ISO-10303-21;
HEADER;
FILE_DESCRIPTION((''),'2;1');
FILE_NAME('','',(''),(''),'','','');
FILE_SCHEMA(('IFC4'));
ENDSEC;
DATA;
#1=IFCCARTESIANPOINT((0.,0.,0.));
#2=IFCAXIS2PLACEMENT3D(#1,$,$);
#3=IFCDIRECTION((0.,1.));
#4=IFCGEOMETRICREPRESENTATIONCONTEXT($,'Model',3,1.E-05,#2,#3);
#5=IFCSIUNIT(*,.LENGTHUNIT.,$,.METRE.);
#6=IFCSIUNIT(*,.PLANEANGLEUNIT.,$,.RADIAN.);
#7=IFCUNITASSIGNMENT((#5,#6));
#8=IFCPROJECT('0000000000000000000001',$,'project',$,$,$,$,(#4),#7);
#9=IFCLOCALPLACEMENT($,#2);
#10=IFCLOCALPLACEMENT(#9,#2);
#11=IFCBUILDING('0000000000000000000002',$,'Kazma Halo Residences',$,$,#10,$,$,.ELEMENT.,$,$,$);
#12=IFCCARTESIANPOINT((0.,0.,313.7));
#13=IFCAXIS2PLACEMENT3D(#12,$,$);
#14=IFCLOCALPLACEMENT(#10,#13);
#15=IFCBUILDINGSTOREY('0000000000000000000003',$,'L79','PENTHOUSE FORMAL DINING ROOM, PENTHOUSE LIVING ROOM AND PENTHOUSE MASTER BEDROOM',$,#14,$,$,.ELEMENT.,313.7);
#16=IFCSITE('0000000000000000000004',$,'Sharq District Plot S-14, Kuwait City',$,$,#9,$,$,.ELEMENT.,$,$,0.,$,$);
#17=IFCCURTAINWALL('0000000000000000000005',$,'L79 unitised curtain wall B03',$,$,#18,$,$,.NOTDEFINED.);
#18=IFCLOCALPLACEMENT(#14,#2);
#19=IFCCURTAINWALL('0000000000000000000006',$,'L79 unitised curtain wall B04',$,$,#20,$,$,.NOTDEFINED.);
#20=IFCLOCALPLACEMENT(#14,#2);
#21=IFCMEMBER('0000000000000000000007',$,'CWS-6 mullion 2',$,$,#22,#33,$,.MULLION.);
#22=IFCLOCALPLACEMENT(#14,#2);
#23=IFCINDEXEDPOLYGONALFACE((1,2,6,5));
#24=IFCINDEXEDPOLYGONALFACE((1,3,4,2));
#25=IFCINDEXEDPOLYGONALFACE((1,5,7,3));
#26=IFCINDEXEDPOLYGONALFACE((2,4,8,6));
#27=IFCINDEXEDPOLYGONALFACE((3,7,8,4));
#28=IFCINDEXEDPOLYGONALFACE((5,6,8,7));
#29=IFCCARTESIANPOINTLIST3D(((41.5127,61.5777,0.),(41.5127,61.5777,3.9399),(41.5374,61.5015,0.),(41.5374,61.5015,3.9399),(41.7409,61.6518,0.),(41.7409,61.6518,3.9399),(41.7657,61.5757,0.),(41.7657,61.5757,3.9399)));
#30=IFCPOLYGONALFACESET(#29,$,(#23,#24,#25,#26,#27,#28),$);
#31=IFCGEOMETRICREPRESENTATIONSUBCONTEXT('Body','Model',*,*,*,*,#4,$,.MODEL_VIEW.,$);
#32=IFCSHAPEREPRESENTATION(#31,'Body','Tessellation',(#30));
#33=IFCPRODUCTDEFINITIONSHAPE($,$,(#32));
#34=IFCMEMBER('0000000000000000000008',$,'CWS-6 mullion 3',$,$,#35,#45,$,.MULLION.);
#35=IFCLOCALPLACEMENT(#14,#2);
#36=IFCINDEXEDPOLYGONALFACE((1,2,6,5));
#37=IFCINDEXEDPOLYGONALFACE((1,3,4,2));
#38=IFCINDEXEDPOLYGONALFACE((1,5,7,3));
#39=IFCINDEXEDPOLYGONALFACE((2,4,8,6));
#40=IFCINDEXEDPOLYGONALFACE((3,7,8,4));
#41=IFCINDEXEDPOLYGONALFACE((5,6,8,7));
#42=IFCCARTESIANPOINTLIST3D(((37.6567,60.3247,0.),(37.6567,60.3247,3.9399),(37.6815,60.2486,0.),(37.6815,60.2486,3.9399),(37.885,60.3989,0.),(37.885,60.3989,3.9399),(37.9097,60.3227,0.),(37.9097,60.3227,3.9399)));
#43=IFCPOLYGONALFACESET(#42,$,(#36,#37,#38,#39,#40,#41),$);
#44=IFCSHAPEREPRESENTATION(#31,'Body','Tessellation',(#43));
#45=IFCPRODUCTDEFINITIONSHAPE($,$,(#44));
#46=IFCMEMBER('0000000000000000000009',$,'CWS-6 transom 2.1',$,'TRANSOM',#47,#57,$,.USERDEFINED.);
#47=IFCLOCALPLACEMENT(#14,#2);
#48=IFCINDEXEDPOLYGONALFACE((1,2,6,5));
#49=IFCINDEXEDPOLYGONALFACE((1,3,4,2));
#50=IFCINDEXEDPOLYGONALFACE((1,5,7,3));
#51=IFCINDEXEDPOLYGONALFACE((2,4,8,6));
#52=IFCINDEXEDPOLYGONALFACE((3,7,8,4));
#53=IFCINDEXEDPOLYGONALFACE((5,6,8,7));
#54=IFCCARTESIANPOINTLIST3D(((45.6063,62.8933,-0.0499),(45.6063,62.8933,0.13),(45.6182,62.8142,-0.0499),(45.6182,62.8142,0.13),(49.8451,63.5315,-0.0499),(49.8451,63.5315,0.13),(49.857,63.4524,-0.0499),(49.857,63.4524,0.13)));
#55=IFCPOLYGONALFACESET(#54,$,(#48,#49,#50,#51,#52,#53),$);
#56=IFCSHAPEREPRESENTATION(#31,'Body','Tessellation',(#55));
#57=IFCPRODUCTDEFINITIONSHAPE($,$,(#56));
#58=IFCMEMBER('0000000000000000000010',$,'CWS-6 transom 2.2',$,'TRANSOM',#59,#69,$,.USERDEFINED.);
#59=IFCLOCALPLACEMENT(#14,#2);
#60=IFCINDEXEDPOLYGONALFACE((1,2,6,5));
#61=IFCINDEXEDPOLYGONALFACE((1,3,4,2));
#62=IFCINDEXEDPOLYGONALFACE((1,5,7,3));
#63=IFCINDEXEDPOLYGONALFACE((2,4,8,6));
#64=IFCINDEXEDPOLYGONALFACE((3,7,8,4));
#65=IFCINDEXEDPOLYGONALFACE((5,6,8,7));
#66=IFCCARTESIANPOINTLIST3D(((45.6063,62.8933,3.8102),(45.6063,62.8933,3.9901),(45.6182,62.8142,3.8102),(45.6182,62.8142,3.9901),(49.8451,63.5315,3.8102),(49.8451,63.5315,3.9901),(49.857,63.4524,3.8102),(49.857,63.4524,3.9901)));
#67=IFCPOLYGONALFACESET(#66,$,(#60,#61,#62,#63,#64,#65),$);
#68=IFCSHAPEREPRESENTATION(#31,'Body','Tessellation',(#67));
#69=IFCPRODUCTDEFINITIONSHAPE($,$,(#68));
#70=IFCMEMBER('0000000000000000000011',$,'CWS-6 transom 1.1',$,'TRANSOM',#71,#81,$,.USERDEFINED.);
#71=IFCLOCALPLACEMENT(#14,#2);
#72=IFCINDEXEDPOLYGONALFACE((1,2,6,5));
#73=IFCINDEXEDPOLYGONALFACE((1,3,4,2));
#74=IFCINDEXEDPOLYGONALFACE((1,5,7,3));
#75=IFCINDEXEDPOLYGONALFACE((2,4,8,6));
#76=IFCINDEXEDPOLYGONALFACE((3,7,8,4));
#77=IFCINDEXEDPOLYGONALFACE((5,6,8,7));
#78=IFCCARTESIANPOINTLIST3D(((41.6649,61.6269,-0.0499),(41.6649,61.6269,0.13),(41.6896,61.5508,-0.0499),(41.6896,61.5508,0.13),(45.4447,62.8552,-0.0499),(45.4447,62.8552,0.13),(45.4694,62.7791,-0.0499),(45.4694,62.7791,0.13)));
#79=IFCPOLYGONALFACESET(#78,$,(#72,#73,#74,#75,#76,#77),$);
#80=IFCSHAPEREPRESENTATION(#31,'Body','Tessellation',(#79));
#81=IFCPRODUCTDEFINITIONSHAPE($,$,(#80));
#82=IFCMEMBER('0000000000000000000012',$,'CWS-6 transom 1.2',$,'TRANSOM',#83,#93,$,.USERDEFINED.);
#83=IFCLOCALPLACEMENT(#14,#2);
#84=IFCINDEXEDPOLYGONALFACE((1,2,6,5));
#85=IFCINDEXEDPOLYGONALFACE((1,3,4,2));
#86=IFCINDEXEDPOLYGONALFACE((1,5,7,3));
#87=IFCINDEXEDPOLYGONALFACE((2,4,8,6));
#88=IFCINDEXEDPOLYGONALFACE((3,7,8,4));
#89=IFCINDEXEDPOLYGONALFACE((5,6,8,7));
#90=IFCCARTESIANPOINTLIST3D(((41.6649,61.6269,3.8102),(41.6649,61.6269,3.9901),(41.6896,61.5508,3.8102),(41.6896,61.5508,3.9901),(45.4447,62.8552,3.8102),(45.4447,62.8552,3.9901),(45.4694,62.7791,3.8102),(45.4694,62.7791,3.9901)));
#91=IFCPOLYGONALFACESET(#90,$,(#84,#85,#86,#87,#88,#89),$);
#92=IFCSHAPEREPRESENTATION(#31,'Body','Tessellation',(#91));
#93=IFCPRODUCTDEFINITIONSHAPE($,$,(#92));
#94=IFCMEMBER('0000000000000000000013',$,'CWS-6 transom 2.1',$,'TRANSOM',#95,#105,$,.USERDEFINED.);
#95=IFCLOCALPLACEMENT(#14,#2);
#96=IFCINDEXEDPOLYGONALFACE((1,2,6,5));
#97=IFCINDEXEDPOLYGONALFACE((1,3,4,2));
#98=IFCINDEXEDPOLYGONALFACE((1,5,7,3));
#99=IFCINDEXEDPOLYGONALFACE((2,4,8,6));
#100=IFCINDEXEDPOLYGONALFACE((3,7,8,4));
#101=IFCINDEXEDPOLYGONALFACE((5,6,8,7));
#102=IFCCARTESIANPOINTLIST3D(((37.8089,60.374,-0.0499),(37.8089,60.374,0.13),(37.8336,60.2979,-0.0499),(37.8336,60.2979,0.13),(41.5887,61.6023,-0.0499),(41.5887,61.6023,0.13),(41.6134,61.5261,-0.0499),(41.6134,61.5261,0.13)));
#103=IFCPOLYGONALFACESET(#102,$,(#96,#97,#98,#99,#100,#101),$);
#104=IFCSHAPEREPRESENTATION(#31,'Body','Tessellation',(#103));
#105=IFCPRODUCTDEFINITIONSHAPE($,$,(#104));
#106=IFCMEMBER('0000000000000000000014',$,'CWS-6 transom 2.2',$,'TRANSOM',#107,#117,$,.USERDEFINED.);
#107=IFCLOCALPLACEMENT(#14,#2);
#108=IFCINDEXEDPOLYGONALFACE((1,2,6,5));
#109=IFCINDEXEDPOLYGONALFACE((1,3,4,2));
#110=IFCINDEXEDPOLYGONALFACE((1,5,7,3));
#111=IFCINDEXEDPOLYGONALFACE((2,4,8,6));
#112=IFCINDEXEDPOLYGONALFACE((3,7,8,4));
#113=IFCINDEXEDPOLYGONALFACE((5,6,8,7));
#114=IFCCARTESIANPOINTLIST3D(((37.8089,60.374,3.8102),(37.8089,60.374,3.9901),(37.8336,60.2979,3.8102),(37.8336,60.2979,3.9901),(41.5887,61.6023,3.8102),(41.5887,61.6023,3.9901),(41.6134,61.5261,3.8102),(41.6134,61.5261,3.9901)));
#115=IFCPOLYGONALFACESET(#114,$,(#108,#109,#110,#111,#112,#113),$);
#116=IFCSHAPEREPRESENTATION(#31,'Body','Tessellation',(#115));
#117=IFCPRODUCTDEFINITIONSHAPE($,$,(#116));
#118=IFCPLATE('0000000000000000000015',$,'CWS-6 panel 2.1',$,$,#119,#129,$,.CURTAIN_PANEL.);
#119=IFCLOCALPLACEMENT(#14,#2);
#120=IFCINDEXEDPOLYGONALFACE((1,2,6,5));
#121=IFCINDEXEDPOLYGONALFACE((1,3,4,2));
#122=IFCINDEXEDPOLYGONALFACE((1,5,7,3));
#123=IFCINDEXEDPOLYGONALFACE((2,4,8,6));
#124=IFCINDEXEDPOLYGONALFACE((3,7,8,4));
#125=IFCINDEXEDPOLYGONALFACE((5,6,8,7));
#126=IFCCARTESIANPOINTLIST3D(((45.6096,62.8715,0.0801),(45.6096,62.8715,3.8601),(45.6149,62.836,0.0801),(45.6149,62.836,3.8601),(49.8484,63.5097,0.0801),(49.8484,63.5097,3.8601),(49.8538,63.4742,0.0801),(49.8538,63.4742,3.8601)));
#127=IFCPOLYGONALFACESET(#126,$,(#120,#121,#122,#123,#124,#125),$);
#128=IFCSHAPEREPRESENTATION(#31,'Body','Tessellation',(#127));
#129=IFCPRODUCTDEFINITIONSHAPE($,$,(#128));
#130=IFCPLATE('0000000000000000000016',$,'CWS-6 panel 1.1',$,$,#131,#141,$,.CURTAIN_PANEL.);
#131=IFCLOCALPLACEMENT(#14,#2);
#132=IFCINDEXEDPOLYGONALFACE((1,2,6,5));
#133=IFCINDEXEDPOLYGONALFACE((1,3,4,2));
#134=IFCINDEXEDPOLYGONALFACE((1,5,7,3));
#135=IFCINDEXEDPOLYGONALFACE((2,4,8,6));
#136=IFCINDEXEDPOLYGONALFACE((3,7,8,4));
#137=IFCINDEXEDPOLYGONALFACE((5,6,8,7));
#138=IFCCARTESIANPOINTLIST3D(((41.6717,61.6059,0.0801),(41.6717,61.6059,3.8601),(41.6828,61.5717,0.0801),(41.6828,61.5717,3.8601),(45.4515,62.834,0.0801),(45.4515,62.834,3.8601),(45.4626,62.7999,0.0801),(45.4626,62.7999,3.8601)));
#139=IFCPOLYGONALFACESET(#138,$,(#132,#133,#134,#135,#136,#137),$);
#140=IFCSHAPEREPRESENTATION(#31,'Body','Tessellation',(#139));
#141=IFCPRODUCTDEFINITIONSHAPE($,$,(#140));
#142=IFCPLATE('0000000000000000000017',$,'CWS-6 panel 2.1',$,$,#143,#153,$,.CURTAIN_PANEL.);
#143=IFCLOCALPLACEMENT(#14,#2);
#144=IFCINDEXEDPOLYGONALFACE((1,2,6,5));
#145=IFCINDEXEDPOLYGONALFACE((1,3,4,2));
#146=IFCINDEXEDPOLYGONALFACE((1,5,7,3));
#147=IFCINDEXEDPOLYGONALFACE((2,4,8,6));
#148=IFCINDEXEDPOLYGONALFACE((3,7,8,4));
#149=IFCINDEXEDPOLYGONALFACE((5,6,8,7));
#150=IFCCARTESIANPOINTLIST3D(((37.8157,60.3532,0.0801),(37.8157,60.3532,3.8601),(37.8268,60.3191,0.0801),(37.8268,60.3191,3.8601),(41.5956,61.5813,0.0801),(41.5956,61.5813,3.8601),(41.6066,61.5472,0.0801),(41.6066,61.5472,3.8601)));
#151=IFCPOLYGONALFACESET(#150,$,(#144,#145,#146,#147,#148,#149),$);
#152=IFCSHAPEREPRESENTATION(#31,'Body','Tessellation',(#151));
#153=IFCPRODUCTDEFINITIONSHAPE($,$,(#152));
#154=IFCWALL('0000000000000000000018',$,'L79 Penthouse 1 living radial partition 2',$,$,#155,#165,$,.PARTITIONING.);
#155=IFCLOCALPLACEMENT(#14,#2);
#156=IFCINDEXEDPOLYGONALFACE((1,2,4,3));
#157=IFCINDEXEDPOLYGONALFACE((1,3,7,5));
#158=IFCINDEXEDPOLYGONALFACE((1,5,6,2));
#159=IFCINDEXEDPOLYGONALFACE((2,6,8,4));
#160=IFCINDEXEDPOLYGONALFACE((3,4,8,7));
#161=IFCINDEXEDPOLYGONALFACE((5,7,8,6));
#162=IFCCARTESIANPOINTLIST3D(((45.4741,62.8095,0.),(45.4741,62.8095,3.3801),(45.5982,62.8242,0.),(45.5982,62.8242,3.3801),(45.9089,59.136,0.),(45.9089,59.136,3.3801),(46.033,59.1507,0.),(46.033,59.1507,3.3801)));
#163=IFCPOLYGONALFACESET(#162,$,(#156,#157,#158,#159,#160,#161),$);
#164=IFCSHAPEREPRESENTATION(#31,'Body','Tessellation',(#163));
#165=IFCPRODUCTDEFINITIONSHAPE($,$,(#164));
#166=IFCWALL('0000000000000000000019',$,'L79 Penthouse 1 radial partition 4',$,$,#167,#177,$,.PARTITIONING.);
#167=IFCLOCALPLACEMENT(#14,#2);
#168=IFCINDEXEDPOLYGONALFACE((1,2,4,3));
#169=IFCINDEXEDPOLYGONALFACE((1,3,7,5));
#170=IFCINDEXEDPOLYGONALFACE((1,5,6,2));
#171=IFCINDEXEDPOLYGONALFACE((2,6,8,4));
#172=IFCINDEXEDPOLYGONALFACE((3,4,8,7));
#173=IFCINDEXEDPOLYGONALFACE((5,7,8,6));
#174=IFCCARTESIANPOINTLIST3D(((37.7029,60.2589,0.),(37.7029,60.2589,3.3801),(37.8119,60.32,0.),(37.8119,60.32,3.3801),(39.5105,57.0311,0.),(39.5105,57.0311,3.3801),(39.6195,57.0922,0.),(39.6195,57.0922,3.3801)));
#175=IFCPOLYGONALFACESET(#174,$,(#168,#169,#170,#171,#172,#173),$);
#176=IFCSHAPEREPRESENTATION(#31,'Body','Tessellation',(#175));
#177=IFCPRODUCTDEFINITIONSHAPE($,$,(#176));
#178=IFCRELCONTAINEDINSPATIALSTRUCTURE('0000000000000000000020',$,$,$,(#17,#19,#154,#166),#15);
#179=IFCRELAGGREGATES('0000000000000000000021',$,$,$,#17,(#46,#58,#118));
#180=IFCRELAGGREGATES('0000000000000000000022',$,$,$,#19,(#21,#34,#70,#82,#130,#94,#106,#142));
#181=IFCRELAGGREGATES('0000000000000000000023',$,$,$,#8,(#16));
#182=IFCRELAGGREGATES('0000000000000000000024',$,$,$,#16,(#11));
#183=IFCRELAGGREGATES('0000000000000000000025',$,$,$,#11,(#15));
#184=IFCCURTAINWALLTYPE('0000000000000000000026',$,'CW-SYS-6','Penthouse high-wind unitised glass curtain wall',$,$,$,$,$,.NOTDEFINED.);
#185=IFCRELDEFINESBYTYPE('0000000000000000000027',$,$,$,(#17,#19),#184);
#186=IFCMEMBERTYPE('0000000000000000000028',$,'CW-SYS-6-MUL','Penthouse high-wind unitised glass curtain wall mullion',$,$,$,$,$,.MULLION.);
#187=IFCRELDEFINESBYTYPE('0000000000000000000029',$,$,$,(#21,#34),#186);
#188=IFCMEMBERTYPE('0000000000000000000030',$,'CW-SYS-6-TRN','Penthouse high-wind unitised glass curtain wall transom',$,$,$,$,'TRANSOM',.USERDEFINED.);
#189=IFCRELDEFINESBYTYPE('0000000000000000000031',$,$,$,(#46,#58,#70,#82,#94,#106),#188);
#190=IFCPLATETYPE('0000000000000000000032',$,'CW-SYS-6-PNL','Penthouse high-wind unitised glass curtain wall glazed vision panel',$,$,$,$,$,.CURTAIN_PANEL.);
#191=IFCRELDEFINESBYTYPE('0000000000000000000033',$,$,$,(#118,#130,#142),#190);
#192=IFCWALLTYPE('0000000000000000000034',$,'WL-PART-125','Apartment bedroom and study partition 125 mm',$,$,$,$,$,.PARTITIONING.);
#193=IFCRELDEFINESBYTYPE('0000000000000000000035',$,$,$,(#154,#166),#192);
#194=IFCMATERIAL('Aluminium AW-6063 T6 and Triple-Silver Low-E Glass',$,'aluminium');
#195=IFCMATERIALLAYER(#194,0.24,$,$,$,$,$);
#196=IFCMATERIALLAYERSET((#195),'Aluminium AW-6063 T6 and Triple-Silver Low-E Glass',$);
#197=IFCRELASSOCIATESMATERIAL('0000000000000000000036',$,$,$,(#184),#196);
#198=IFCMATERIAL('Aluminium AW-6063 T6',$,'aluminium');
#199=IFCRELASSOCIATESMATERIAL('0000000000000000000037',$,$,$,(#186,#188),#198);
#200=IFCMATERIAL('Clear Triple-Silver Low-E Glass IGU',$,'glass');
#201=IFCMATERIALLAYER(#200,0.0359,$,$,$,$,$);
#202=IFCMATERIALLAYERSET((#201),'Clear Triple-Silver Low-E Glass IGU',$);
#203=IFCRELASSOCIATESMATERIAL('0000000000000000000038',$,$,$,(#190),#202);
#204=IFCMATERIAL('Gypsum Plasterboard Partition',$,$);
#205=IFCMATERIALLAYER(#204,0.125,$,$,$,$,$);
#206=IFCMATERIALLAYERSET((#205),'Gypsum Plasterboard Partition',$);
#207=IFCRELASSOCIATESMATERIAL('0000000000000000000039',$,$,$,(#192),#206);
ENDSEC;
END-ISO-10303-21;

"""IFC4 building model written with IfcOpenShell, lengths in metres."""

from ifc_helpers import new_model, si_unit, direction, frame, frame_2d, origin, origin_2d, place, context, subcontext, project, spatial, rectangle, extrude, material, layer, layer_set, material_profile, profile_set, type_object, element, aggregate, save


model = new_model("IFC4")

# Units and contexts
model_context = context("Model", 3, precision=1e-05, world=origin(), true_north=direction((0.0, 1.0)))
body_context = subcontext(model_context, "Body", "Model", "MODEL_VIEW")
ifc_project = project(units=[si_unit("LENGTHUNIT", "METRE"), si_unit("PLANEANGLEUNIT", "RADIAN")], contexts=[model_context])

# Site, building, storey
site_placement = place(None, origin())
site = spatial("IfcSite", under=ifc_project, at=site_placement, Name="Sharq District Plot S-14, Kuwait City", CompositionType="ELEMENT", RefElevation=0.0)
building_placement = place(site_placement, origin())
building = spatial("IfcBuilding", under=site, at=building_placement, Name="Kazma Halo Residences", CompositionType="ELEMENT")
storey_placement = place(building_placement, frame((0.0, 0.0, 313.7)))
storey = spatial("IfcBuildingStorey", under=building, at=storey_placement, Name="L79", Description="PENTHOUSE FORMAL DINING ROOM, PENTHOUSE LIVING ROOM AND PENTHOUSE MASTER BEDROOM", CompositionType="ELEMENT", Elevation=313.7)

# Curtain walls, members
ifc_material_1 = material(Name="Aluminium AW-6063 T6 and Triple-Silver Low-E Glass", Category="aluminium")
ifc_layer_1 = layer(ifc_material_1, 0.24)
ifc_layer_set_1 = layer_set([ifc_layer_1], Name="Aluminium AW-6063 T6 and Triple-Silver Low-E Glass")
curtain_wall_type = type_object("IfcCurtainWallType", Name="CW-SYS-6", Description="Penthouse high-wind unitised glass curtain wall", PredefinedType="NOTDEFINED", material=ifc_layer_set_1)
curtain_wall_1_placement = place(storey_placement, origin())
curtain_wall_1 = element("IfcCurtainWall", 1, at=curtain_wall_1_placement, inside=storey, type_object=curtain_wall_type, Name="L79 unitised curtain wall B03", PredefinedType="NOTDEFINED")
ifc_material_2 = material(Name="Aluminium AW-6063 T6", Category="aluminium")
ifc_material_profile_1 = material_profile(ifc_material_2, rectangle(XDim=0.0801, YDim=0.24, at=origin_2d()), Name="CWM-80x240")
ifc_profile_set_1 = profile_set([ifc_material_profile_1], Name="Aluminium AW-6063 T6")
member_type_1 = type_object("IfcMemberType", Name="CW-SYS-6-MUL", Description="Penthouse high-wind unitised glass curtain wall mullion", PredefinedType="MULLION", material=ifc_profile_set_1)
curtain_wall_2_placement = place(storey_placement, origin())
curtain_wall_2 = element("IfcCurtainWall", 2, at=curtain_wall_2_placement, inside=storey, type_object=curtain_wall_type, Name="L79 unitised curtain wall B04", PredefinedType="NOTDEFINED")
member_1_placement = place(storey_placement, frame((41.6392, 61.5767, 0.0), z_axis=(0.0, 0.0, 1.0), x_axis=(0.30902, -0.951056, 0.0)))
member_1 = element("IfcMember", 3, at=member_1_placement, type_object=member_type_1, Name="CWS-6 mullion 2", PredefinedType="MULLION", context=body_context, shape_type="SweptSolid", body=[
    extrude(rectangle(XDim=0.0801, YDim=0.24, at=origin_2d()), origin(), (0.0, 0.0, 1.0), 3.9399),
])
member_2_placement = place(storey_placement, frame((37.7832, 60.3237, 0.0), z_axis=(0.0, 0.0, 1.0), x_axis=(0.30902, -0.951056, 0.0)))
member_2 = element("IfcMember", 4, at=member_2_placement, type_object=member_type_1, Name="CWS-6 mullion 3", PredefinedType="MULLION", context=body_context, shape_type="SweptSolid", body=[
    extrude(rectangle(XDim=0.0801, YDim=0.24, at=origin_2d()), origin(), (0.0, 0.0, 1.0), 3.9399),
])

# Members
ifc_material_profile_2 = material_profile(ifc_material_2, rectangle(XDim=0.0801, YDim=0.1799, at=origin_2d()), Name="CWT-80x180")
ifc_profile_set_2 = profile_set([ifc_material_profile_2], Name="Aluminium AW-6063 T6")
member_type_2 = type_object("IfcMemberType", Name="CW-SYS-6-TRN", Description="Penthouse high-wind unitised glass curtain wall transom", ElementType="TRANSOM", PredefinedType="USERDEFINED", material=ifc_profile_set_2)
member_3_placement = place(storey_placement, frame((49.8511, 63.4919, 0.04), z_axis=(-0.988855, -0.148881, 0.0), x_axis=(0.148881, -0.988855, 0.0)))
member_3 = element("IfcMember", 5, at=member_3_placement, type_object=member_type_2, Name="CWS-6 transom 2.1", ObjectType="TRANSOM", PredefinedType="USERDEFINED", context=body_context, shape_type="SweptSolid", body=[
    extrude(rectangle(XDim=0.0801, YDim=0.1799, at=origin_2d()), origin(), (0.0, 0.0, 1.0), 4.2866),
])
member_4_placement = place(storey_placement, frame((49.8511, 63.4919, 3.9001), z_axis=(-0.988855, -0.148881, 0.0), x_axis=(0.148881, -0.988855, 0.0)))
member_4 = element("IfcMember", 6, at=member_4_placement, type_object=member_type_2, Name="CWS-6 transom 2.2", ObjectType="TRANSOM", PredefinedType="USERDEFINED", context=body_context, shape_type="SweptSolid", body=[
    extrude(rectangle(XDim=0.0801, YDim=0.1799, at=origin_2d()), origin(), (0.0, 0.0, 1.0), 4.2866),
])
member_5_placement = place(storey_placement, frame((45.457, 62.8171, 0.04), z_axis=(-0.951046, -0.30905, 0.0), x_axis=(0.30905, -0.951046, 0.0)))
member_5 = element("IfcMember", 7, at=member_5_placement, type_object=member_type_2, Name="CWS-6 transom 1.1", ObjectType="TRANSOM", PredefinedType="USERDEFINED", context=body_context, shape_type="SweptSolid", body=[
    extrude(rectangle(XDim=0.0801, YDim=0.1799, at=origin_2d()), origin(), (0.0, 0.0, 1.0), 3.9744),
])
member_6_placement = place(storey_placement, frame((45.457, 62.8171, 3.9001), z_axis=(-0.951046, -0.30905, 0.0), x_axis=(0.30905, -0.951046, 0.0)))
member_6 = element("IfcMember", 8, at=member_6_placement, type_object=member_type_2, Name="CWS-6 transom 1.2", ObjectType="TRANSOM", PredefinedType="USERDEFINED", context=body_context, shape_type="SweptSolid", body=[
    extrude(rectangle(XDim=0.0801, YDim=0.1799, at=origin_2d()), origin(), (0.0, 0.0, 1.0), 3.9744),
])
member_7_placement = place(storey_placement, frame((41.6011, 61.5642, 0.04), z_axis=(-0.951046, -0.30905, 0.0), x_axis=(0.30905, -0.951046, 0.0)))
member_7 = element("IfcMember", 9, at=member_7_placement, type_object=member_type_2, Name="CWS-6 transom 2.1", ObjectType="TRANSOM", PredefinedType="USERDEFINED", context=body_context, shape_type="SweptSolid", body=[
    extrude(rectangle(XDim=0.0801, YDim=0.1799, at=origin_2d()), origin(), (0.0, 0.0, 1.0), 3.9744),
])
member_8_placement = place(storey_placement, frame((41.6011, 61.5642, 3.9001), z_axis=(-0.951046, -0.30905, 0.0), x_axis=(0.30905, -0.951046, 0.0)))
member_8 = element("IfcMember", 10, at=member_8_placement, type_object=member_type_2, Name="CWS-6 transom 2.2", ObjectType="TRANSOM", PredefinedType="USERDEFINED", context=body_context, shape_type="SweptSolid", body=[
    extrude(rectangle(XDim=0.0801, YDim=0.1799, at=origin_2d()), origin(), (0.0, 0.0, 1.0), 3.9744),
])

# Plates
ifc_material_3 = material(Name="Clear Triple-Silver Low-E Glass IGU", Category="glass")
ifc_layer_2 = layer(ifc_material_3, 0.0359)
ifc_layer_set_2 = layer_set([ifc_layer_2], Name="Clear Triple-Silver Low-E Glass IGU")
plate_type = type_object("IfcPlateType", Name="CW-SYS-6-PNL", Description="Penthouse high-wind unitised glass curtain wall glazed vision panel", PredefinedType="CURTAIN_PANEL", material=ifc_layer_set_2)
plate_1_placement = place(storey_placement, frame((47.7317, 63.1729, 0.0801), z_axis=(0.0, 0.0, 1.0), x_axis=(-0.988857, -0.148871, 0.0)))
plate_1 = element("IfcPlate", 11, at=plate_1_placement, type_object=plate_type, Name="CWS-6 panel 2.1", PredefinedType="CURTAIN_PANEL", context=body_context, shape_type="SweptSolid", body=[
    extrude(rectangle(XDim=4.2866, YDim=0.0359, at=origin_2d()), origin(), (0.0, 0.0, 1.0), 3.78),
])
aggregate(curtain_wall_1, [member_3, member_4, plate_1])
plate_2_placement = place(storey_placement, frame((43.5671, 62.2029, 0.0801), z_axis=(0.0, 0.0, 1.0), x_axis=(-0.951056, -0.30902, 0.0)))
plate_2 = element("IfcPlate", 12, at=plate_2_placement, type_object=plate_type, Name="CWS-6 panel 1.1", PredefinedType="CURTAIN_PANEL", context=body_context, shape_type="SweptSolid", body=[
    extrude(rectangle(XDim=3.9744, YDim=0.0359, at=origin_2d()), origin(), (0.0, 0.0, 1.0), 3.78),
])
plate_3_placement = place(storey_placement, frame((39.7112, 60.9502, 0.0801), z_axis=(0.0, 0.0, 1.0), x_axis=(-0.951056, -0.30902, 0.0)))
plate_3 = element("IfcPlate", 13, at=plate_3_placement, type_object=plate_type, Name="CWS-6 panel 2.1", PredefinedType="CURTAIN_PANEL", context=body_context, shape_type="SweptSolid", body=[
    extrude(rectangle(XDim=3.9744, YDim=0.0359, at=origin_2d()), origin(), (0.0, 0.0, 1.0), 3.78),
])
aggregate(curtain_wall_2, [member_1, member_2, member_5, member_6, plate_2, member_7, member_8, plate_3])

# Walls
ifc_material_4 = material(Name="Gypsum Plasterboard Partition")
ifc_layer_3 = layer(ifc_material_4, 0.125)
ifc_layer_set_3 = layer_set([ifc_layer_3], Name="Gypsum Plasterboard Partition")
wall_type_1 = type_object("IfcWallType", Name="WL-PART-125", Description="Apartment bedroom and study partition 125 mm", PredefinedType="PARTITIONING", material=ifc_layer_set_3)
wall_1_placement = place(storey_placement, frame((45.9709, 59.1433, 0.0), z_axis=(0.0, 0.0, 1.0), x_axis=(-0.117542, 0.993068, 0.0)))
element("IfcWall", 14, at=wall_1_placement, inside=storey, type_object=wall_type_1, Name="L79 Penthouse 1 living radial partition 2", PredefinedType="PARTITIONING", context=body_context, shape_type="SweptSolid", body=[
    extrude(rectangle(XDim=3.6992, YDim=0.125, at=frame_2d((1.8496, 0.0))), origin(), (0.0, 0.0, 1.0), 3.3801),
])
wall_2_placement = place(storey_placement, frame((39.5649, 57.0618, 0.0), z_axis=(0.0, 0.0, 1.0), x_axis=(-0.488615, 0.872499, 0.0)))
element("IfcWall", 15, at=wall_2_placement, inside=storey, type_object=wall_type_1, Name="L79 Penthouse 1 radial partition 4", PredefinedType="PARTITIONING", context=body_context, shape_type="SweptSolid", body=[
    extrude(rectangle(XDim=3.6995, YDim=0.125, at=frame_2d((1.8496, 0.0))), origin(), (0.0, 0.0, 1.0), 3.3801),
])

save(model, "model.ifc")
